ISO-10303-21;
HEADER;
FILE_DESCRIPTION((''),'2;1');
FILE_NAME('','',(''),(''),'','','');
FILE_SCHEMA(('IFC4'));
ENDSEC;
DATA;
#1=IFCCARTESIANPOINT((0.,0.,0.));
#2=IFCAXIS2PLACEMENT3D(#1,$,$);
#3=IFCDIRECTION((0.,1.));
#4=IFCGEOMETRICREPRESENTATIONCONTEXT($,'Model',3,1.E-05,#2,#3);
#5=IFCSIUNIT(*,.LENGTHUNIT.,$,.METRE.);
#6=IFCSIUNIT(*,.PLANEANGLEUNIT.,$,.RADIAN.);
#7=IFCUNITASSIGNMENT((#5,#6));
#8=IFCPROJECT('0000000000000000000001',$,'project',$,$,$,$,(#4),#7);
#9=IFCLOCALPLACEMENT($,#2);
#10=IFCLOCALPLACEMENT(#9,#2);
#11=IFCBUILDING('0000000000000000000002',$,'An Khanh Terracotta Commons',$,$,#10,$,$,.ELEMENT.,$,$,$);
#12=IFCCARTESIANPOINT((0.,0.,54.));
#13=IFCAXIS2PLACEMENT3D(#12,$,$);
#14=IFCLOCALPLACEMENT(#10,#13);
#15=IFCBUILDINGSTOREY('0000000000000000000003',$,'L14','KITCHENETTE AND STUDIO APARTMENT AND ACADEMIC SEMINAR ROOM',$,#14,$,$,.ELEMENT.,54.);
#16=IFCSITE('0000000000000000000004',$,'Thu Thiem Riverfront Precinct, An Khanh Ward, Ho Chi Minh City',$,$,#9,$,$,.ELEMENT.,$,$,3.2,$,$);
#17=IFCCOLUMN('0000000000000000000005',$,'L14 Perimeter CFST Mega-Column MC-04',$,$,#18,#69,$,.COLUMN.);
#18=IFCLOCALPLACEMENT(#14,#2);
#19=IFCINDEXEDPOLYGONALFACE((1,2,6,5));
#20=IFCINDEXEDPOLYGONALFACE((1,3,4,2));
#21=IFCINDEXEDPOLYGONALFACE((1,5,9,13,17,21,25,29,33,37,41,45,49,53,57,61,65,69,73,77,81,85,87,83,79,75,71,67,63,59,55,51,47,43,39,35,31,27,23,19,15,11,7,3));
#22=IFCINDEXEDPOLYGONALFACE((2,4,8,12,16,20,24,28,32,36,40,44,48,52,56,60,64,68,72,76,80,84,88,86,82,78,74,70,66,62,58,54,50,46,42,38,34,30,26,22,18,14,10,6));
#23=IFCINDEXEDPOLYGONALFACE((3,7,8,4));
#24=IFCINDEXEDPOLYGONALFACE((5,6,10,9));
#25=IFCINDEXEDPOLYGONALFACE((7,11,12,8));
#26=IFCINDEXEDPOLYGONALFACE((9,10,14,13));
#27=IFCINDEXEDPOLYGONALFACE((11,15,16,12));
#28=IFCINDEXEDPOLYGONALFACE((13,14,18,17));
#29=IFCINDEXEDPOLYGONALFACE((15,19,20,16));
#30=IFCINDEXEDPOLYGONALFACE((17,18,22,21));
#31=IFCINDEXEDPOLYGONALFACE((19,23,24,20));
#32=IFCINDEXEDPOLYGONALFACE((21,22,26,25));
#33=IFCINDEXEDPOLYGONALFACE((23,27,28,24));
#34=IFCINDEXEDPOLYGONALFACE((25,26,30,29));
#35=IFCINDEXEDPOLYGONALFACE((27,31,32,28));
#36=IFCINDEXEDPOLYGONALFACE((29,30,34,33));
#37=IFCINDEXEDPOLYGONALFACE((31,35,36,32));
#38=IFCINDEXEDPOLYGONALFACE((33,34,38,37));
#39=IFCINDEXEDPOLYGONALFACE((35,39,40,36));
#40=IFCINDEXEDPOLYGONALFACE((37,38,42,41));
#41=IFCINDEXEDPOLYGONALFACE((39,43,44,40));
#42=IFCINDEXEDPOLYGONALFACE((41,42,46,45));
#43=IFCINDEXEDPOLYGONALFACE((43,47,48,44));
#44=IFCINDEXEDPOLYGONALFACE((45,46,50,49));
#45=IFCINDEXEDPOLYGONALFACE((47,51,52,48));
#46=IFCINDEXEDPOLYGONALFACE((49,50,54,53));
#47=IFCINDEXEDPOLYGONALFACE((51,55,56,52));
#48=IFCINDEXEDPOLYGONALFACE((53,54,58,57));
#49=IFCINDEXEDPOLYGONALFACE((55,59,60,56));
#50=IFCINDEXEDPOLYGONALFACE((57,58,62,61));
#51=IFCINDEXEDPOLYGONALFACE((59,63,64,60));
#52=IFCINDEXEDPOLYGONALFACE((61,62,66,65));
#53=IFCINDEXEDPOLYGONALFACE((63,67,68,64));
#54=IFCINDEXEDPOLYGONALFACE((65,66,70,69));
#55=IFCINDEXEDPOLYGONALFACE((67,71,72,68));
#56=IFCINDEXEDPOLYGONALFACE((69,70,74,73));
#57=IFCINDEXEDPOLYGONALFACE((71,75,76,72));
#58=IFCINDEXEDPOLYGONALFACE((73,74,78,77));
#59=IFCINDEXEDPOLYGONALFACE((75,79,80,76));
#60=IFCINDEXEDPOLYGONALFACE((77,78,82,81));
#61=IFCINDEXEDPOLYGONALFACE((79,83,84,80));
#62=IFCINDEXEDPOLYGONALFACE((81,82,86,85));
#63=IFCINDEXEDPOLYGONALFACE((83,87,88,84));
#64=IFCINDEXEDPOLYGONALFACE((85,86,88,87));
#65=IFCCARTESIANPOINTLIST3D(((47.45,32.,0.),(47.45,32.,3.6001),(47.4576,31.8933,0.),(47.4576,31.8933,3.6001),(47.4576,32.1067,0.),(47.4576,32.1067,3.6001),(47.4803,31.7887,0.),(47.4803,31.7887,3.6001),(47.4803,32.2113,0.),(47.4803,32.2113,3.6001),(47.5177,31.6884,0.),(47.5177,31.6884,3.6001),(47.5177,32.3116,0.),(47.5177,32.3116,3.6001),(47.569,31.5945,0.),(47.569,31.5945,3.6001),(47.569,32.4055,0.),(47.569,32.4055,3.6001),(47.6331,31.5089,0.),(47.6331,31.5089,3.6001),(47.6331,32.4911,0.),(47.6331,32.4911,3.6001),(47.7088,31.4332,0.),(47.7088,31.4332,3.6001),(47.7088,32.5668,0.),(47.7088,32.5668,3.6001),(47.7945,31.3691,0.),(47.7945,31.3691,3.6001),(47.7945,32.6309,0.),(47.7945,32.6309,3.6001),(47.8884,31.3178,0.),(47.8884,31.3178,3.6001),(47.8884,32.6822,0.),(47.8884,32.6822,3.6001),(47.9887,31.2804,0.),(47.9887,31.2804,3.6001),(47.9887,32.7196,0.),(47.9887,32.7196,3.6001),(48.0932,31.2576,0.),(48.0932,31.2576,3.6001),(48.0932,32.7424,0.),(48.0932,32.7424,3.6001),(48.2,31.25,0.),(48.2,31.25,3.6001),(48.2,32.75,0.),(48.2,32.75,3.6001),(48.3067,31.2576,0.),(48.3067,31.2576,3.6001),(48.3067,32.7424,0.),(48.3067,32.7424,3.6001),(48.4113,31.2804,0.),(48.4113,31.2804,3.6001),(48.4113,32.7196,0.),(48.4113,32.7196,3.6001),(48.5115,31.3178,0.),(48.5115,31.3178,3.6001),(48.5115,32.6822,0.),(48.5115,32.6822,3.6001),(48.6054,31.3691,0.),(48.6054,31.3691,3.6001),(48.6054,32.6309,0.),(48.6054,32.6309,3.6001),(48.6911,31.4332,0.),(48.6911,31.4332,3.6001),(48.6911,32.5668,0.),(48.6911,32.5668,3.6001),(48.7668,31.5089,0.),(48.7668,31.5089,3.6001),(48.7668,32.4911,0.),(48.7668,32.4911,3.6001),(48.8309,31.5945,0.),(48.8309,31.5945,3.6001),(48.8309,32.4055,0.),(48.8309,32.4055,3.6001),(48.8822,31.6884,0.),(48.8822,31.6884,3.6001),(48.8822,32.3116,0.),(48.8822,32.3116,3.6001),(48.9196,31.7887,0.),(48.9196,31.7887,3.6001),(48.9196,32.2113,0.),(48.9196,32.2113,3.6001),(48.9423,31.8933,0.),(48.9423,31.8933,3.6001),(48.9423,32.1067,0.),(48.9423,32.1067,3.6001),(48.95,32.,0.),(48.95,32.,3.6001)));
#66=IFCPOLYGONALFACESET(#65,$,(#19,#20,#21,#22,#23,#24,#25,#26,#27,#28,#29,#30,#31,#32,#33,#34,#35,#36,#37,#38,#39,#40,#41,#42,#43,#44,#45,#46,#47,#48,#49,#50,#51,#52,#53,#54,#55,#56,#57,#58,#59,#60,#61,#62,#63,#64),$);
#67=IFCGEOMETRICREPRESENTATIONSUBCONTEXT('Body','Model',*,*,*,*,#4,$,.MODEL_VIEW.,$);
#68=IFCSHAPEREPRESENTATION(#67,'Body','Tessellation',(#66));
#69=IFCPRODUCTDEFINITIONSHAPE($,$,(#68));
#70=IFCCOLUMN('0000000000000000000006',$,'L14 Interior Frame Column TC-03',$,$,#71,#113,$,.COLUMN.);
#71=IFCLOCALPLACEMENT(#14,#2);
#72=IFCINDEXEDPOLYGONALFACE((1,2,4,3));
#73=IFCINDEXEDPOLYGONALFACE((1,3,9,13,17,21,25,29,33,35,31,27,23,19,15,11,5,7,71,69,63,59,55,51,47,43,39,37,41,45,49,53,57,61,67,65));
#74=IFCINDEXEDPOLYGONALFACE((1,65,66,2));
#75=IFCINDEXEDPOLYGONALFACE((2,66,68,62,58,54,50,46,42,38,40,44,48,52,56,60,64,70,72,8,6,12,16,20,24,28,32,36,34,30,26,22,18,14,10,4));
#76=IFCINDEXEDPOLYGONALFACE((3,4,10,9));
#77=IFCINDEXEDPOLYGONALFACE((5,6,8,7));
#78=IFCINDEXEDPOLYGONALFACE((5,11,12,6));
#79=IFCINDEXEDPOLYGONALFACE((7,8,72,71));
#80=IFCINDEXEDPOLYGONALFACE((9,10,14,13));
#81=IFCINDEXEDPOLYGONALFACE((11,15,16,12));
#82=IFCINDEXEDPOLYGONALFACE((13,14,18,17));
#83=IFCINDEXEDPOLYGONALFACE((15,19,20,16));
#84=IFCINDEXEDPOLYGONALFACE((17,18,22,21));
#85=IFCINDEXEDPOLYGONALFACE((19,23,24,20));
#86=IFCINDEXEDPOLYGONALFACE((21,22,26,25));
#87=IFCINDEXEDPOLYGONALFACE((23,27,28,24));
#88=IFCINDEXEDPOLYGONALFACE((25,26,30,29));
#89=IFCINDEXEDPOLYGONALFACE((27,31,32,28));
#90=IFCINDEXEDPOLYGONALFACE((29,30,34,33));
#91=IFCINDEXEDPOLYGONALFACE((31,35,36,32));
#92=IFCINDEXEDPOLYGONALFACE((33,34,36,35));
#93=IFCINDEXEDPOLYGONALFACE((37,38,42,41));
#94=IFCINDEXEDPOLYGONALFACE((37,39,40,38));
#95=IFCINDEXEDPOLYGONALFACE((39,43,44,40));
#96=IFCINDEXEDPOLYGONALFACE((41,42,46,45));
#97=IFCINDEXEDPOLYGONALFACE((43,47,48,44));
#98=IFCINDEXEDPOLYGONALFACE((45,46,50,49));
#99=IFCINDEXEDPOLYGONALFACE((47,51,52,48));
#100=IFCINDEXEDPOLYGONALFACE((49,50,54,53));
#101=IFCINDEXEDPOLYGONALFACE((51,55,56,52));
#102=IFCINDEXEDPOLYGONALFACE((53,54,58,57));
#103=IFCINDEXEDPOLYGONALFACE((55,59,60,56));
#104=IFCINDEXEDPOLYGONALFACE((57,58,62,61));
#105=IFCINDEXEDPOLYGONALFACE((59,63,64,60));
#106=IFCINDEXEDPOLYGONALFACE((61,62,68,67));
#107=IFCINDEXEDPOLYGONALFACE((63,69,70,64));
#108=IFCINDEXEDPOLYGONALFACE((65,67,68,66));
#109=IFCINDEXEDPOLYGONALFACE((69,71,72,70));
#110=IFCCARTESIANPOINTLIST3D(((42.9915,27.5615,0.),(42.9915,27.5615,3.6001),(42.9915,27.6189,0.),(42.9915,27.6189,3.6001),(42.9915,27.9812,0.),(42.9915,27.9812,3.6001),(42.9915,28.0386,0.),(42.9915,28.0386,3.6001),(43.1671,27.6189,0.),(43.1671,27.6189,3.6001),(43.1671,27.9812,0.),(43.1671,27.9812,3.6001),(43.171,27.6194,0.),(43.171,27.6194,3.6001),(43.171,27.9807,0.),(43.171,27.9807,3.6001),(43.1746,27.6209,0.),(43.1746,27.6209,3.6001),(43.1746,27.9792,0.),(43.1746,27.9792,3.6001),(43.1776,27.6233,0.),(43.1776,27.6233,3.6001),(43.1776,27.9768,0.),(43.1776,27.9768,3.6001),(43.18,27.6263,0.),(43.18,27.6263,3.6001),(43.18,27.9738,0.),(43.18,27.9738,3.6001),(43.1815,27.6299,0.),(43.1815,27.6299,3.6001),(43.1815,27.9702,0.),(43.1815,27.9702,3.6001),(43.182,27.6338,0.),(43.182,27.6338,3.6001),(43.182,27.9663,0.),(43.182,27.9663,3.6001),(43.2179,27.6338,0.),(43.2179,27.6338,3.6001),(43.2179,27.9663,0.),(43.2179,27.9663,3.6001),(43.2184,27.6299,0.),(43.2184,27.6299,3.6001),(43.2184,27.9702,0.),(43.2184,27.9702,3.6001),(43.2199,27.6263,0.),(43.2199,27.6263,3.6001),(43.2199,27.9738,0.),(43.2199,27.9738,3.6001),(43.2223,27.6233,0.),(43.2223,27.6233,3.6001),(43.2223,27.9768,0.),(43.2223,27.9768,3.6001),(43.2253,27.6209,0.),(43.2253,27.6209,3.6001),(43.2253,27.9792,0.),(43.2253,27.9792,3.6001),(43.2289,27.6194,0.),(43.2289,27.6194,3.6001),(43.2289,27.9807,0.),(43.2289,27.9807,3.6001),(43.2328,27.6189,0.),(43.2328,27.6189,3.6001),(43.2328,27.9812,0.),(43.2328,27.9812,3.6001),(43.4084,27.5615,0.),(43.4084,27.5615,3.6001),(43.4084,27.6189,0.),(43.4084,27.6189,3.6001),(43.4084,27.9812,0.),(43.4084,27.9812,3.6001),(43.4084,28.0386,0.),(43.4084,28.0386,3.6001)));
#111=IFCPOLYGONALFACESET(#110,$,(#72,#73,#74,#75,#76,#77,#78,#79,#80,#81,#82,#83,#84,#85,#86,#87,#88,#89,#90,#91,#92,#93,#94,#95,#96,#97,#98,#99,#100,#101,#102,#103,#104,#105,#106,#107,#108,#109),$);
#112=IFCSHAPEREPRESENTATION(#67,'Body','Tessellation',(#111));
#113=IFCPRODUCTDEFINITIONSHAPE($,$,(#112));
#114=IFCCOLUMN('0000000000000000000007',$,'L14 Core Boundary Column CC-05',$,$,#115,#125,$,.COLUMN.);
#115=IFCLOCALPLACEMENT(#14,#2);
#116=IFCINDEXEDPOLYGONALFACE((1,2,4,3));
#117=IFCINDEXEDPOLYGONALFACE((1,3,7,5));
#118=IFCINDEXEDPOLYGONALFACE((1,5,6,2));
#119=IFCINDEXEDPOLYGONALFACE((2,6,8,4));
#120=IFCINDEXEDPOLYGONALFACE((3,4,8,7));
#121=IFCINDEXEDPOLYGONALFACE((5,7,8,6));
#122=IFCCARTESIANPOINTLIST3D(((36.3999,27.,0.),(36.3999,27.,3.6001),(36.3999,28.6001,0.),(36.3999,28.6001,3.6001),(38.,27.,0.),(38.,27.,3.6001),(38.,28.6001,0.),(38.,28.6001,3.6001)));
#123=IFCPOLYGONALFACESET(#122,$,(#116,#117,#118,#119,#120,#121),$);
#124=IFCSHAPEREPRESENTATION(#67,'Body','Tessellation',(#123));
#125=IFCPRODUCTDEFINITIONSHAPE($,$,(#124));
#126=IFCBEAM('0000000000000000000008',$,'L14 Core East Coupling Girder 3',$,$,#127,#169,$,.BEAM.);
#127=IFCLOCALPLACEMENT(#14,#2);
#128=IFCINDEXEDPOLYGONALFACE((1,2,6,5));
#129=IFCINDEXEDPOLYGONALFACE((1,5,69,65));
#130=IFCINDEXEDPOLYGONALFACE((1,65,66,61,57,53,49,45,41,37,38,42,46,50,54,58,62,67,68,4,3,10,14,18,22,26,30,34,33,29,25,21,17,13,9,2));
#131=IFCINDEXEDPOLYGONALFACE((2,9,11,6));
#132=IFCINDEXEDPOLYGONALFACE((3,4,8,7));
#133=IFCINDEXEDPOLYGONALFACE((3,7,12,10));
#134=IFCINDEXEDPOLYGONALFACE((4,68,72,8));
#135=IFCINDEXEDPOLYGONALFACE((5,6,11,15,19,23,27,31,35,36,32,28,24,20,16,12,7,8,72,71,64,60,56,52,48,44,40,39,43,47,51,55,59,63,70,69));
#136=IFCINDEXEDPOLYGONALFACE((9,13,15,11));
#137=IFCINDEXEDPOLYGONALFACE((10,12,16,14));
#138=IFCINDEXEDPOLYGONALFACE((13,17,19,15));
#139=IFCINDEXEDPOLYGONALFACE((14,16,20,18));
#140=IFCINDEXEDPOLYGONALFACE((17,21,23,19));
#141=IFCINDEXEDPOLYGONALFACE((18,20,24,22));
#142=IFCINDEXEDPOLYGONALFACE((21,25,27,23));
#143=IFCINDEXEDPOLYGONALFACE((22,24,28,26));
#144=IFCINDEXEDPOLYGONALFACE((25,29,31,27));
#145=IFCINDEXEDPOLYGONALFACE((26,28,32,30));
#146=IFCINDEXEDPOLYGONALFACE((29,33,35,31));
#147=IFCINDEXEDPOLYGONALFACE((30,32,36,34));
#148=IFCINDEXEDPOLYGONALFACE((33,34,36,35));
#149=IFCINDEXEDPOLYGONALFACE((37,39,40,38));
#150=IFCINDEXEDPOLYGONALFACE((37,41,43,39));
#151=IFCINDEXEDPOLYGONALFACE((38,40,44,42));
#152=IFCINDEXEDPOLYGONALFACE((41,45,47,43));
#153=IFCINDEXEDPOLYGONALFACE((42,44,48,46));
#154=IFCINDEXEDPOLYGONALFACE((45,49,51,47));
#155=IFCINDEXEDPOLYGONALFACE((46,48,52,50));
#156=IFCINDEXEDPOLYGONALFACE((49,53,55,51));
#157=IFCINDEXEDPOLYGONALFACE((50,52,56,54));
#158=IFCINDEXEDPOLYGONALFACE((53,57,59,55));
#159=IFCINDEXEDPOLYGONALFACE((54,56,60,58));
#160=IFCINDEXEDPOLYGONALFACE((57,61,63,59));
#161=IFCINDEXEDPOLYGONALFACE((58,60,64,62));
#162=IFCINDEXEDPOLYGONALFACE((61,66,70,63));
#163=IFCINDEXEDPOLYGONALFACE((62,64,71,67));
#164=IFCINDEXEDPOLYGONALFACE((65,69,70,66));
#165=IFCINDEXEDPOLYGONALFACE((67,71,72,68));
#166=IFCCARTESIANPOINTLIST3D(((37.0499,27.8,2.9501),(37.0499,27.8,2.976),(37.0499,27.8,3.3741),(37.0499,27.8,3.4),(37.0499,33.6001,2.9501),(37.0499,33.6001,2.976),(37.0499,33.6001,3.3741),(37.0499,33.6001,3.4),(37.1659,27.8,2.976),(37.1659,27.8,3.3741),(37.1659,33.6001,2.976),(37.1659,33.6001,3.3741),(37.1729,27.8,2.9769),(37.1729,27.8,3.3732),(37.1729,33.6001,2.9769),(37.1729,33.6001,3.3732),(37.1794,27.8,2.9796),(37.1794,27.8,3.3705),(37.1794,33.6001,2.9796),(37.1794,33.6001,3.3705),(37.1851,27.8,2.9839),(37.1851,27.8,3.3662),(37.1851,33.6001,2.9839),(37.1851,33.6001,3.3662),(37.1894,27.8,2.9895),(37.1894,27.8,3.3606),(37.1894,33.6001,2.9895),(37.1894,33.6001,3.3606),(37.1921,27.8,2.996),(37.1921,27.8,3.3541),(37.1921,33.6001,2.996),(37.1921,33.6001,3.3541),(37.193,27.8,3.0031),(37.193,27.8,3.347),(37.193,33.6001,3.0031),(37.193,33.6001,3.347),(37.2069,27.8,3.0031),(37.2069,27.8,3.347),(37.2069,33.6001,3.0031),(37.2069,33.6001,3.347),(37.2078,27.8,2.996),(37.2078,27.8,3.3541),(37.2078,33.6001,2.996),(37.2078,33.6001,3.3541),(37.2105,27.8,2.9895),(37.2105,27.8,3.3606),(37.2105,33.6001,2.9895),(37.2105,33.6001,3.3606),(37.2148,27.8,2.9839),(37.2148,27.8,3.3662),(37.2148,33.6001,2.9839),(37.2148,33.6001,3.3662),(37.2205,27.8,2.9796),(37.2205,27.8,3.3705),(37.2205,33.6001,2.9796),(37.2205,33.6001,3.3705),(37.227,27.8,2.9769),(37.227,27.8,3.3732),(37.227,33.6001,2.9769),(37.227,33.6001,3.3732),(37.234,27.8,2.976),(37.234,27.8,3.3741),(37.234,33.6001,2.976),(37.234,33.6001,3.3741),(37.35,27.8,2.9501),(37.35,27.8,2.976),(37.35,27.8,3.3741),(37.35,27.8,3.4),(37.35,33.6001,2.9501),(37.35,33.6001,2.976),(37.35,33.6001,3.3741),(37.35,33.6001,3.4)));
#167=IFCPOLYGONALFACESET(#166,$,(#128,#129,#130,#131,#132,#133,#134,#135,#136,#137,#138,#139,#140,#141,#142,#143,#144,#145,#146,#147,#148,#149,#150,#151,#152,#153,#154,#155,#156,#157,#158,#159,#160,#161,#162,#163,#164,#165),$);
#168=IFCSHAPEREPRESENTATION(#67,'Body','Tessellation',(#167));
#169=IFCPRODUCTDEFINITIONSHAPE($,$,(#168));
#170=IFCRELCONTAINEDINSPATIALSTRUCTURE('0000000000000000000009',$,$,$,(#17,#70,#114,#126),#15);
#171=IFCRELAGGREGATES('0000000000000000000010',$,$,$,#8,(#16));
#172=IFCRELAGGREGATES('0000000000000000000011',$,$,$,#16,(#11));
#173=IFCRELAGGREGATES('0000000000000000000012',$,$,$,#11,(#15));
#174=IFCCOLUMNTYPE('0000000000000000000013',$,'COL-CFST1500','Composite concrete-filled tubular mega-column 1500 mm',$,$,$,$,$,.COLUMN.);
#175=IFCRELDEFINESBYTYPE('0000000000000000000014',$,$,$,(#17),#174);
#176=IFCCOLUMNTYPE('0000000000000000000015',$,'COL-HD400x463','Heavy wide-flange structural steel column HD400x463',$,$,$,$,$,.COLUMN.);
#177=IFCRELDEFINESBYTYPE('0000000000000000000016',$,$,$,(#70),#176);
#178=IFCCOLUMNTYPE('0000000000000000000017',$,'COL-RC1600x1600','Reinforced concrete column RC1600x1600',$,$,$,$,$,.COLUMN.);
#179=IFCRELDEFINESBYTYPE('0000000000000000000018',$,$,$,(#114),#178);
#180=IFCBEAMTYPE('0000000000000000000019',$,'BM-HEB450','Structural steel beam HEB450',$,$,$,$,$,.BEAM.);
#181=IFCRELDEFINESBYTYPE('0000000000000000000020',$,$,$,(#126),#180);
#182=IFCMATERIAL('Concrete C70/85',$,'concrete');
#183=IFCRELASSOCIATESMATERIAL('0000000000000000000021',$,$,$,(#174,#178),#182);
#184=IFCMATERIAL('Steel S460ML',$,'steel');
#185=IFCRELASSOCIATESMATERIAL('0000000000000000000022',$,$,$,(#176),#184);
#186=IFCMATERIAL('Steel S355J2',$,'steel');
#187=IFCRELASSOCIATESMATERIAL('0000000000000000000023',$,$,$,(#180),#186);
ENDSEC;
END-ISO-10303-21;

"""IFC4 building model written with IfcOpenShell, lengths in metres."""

from ifc_helpers import new_model, si_unit, direction, frame, origin, origin_2d, place, context, subcontext, project, spatial, rectangle, circle, i_section, extrude, material, material_profile, profile_set, type_object, element, save


model = new_model("IFC4")

# Units and contexts
model_context = context("Model", 3, precision=1e-05, world=origin(), true_north=direction((0.0, 1.0)))
body_context = subcontext(model_context, "Body", "Model", "MODEL_VIEW")
ifc_project = project(units=[si_unit("LENGTHUNIT", "METRE"), si_unit("PLANEANGLEUNIT", "RADIAN")], contexts=[model_context])

# Site, building, storey
site_placement = place(None, origin())
site = spatial("IfcSite", under=ifc_project, at=site_placement, Name="Thu Thiem Riverfront Precinct, An Khanh Ward, Ho Chi Minh City", CompositionType="ELEMENT", RefElevation=3.2)
building_placement = place(site_placement, origin())
building = spatial("IfcBuilding", under=site, at=building_placement, Name="An Khanh Terracotta Commons", CompositionType="ELEMENT")
storey_placement = place(building_placement, frame((0.0, 0.0, 54.0)))
storey = spatial("IfcBuildingStorey", under=building, at=storey_placement, Name="L14", Description="KITCHENETTE AND STUDIO APARTMENT AND ACADEMIC SEMINAR ROOM", CompositionType="ELEMENT", Elevation=54.0)

# Columns
ifc_material_1 = material(Name="Concrete C70/85", Category="concrete")
ifc_material_profile_1 = material_profile(ifc_material_1, circle(Radius=0.75, at=origin_2d()), Name="CFST1500")
ifc_profile_set_1 = profile_set([ifc_material_profile_1], Name="Concrete C70/85")
column_type_1 = type_object("IfcColumnType", Name="COL-CFST1500", Description="Composite concrete-filled tubular mega-column 1500 mm", PredefinedType="COLUMN", material=ifc_profile_set_1)
column_1_placement = place(storey_placement, frame((48.2, 32.0, 0.0), z_axis=(0.0, 0.0, 1.0), x_axis=(1.0, 0.0, 0.0)))
element("IfcColumn", 1, at=column_1_placement, inside=storey, type_object=column_type_1, Name="L14 Perimeter CFST Mega-Column MC-04", PredefinedType="COLUMN", context=body_context, shape_type="SweptSolid", body=[
    extrude(circle(Radius=0.75, at=origin_2d()), origin(), (0.0, 0.0, 1.0), 3.6001),
])
ifc_material_2 = material(Name="Steel S460ML", Category="steel")
ifc_material_profile_2 = material_profile(ifc_material_2, i_section(OverallWidth=0.417, OverallDepth=0.4771, WebThickness=0.0359, FlangeThickness=0.0574, FilletRadius=0.0149, at=origin_2d()), Name="HD400x463")
ifc_profile_set_2 = profile_set([ifc_material_profile_2], Name="Steel S460ML")
column_type_2 = type_object("IfcColumnType", Name="COL-HD400x463", Description="Heavy wide-flange structural steel column HD400x463", PredefinedType="COLUMN", material=ifc_profile_set_2)
column_2_placement = place(storey_placement, frame((43.2, 27.8, 0.0), z_axis=(0.0, 0.0, 1.0), x_axis=(1.0, 0.0, 0.0)))
element("IfcColumn", 2, at=column_2_placement, inside=storey, type_object=column_type_2, Name="L14 Interior Frame Column TC-03", PredefinedType="COLUMN", context=body_context, shape_type="SweptSolid", body=[
    extrude(i_section(OverallWidth=0.417, OverallDepth=0.4771, WebThickness=0.0359, FlangeThickness=0.0574, FilletRadius=0.0149, at=origin_2d()), origin(), (0.0, 0.0, 1.0), 3.6001),
])
ifc_material_profile_3 = material_profile(ifc_material_1, rectangle(XDim=1.6001, YDim=1.6001, at=origin_2d()), Name="RC1600x1600")
ifc_profile_set_3 = profile_set([ifc_material_profile_3], Name="Concrete C70/85")
column_type_3 = type_object("IfcColumnType", Name="COL-RC1600x1600", Description="Reinforced concrete column RC1600x1600", PredefinedType="COLUMN", material=ifc_profile_set_3)
column_3_placement = place(storey_placement, frame((37.2, 27.8, 0.0), z_axis=(0.0, 0.0, 1.0), x_axis=(1.0, 0.0, 0.0)))
element("IfcColumn", 3, at=column_3_placement, inside=storey, type_object=column_type_3, Name="L14 Core Boundary Column CC-05", PredefinedType="COLUMN", context=body_context, shape_type="SweptSolid", body=[
    extrude(rectangle(XDim=1.6001, YDim=1.6001, at=origin_2d()), origin(), (0.0, 0.0, 1.0), 3.6001),
])

# Beam
ifc_material_3 = material(Name="Steel S355J2", Category="steel")
ifc_material_profile_4 = material_profile(ifc_material_3, i_section(OverallWidth=0.3, OverallDepth=0.45, WebThickness=0.0139, FlangeThickness=0.0259, FilletRadius=0.0271, at=origin_2d()), Name="HEB450")
ifc_profile_set_4 = profile_set([ifc_material_profile_4], Name="Steel S355J2")
beam_type_1 = type_object("IfcBeamType", Name="BM-HEB450", Description="Structural steel beam HEB450", PredefinedType="BEAM", material=ifc_profile_set_4)
beam_1_placement = place(storey_placement, frame((37.2, 27.8, 3.175), z_axis=(0.0, 1.0, 0.0), x_axis=(-1.0, 0.0, 0.0)))
element("IfcBeam", 4, at=beam_1_placement, inside=storey, type_object=beam_type_1, Name="L14 Core East Coupling Girder 3", PredefinedType="BEAM", context=body_context, shape_type="SweptSolid", body=[
    extrude(i_section(OverallWidth=0.3, OverallDepth=0.45, WebThickness=0.0139, FlangeThickness=0.0259, FilletRadius=0.0271, at=origin_2d()), origin(), (0.0, 0.0, 1.0), 5.8),
])

save(model, "model.ifc")
